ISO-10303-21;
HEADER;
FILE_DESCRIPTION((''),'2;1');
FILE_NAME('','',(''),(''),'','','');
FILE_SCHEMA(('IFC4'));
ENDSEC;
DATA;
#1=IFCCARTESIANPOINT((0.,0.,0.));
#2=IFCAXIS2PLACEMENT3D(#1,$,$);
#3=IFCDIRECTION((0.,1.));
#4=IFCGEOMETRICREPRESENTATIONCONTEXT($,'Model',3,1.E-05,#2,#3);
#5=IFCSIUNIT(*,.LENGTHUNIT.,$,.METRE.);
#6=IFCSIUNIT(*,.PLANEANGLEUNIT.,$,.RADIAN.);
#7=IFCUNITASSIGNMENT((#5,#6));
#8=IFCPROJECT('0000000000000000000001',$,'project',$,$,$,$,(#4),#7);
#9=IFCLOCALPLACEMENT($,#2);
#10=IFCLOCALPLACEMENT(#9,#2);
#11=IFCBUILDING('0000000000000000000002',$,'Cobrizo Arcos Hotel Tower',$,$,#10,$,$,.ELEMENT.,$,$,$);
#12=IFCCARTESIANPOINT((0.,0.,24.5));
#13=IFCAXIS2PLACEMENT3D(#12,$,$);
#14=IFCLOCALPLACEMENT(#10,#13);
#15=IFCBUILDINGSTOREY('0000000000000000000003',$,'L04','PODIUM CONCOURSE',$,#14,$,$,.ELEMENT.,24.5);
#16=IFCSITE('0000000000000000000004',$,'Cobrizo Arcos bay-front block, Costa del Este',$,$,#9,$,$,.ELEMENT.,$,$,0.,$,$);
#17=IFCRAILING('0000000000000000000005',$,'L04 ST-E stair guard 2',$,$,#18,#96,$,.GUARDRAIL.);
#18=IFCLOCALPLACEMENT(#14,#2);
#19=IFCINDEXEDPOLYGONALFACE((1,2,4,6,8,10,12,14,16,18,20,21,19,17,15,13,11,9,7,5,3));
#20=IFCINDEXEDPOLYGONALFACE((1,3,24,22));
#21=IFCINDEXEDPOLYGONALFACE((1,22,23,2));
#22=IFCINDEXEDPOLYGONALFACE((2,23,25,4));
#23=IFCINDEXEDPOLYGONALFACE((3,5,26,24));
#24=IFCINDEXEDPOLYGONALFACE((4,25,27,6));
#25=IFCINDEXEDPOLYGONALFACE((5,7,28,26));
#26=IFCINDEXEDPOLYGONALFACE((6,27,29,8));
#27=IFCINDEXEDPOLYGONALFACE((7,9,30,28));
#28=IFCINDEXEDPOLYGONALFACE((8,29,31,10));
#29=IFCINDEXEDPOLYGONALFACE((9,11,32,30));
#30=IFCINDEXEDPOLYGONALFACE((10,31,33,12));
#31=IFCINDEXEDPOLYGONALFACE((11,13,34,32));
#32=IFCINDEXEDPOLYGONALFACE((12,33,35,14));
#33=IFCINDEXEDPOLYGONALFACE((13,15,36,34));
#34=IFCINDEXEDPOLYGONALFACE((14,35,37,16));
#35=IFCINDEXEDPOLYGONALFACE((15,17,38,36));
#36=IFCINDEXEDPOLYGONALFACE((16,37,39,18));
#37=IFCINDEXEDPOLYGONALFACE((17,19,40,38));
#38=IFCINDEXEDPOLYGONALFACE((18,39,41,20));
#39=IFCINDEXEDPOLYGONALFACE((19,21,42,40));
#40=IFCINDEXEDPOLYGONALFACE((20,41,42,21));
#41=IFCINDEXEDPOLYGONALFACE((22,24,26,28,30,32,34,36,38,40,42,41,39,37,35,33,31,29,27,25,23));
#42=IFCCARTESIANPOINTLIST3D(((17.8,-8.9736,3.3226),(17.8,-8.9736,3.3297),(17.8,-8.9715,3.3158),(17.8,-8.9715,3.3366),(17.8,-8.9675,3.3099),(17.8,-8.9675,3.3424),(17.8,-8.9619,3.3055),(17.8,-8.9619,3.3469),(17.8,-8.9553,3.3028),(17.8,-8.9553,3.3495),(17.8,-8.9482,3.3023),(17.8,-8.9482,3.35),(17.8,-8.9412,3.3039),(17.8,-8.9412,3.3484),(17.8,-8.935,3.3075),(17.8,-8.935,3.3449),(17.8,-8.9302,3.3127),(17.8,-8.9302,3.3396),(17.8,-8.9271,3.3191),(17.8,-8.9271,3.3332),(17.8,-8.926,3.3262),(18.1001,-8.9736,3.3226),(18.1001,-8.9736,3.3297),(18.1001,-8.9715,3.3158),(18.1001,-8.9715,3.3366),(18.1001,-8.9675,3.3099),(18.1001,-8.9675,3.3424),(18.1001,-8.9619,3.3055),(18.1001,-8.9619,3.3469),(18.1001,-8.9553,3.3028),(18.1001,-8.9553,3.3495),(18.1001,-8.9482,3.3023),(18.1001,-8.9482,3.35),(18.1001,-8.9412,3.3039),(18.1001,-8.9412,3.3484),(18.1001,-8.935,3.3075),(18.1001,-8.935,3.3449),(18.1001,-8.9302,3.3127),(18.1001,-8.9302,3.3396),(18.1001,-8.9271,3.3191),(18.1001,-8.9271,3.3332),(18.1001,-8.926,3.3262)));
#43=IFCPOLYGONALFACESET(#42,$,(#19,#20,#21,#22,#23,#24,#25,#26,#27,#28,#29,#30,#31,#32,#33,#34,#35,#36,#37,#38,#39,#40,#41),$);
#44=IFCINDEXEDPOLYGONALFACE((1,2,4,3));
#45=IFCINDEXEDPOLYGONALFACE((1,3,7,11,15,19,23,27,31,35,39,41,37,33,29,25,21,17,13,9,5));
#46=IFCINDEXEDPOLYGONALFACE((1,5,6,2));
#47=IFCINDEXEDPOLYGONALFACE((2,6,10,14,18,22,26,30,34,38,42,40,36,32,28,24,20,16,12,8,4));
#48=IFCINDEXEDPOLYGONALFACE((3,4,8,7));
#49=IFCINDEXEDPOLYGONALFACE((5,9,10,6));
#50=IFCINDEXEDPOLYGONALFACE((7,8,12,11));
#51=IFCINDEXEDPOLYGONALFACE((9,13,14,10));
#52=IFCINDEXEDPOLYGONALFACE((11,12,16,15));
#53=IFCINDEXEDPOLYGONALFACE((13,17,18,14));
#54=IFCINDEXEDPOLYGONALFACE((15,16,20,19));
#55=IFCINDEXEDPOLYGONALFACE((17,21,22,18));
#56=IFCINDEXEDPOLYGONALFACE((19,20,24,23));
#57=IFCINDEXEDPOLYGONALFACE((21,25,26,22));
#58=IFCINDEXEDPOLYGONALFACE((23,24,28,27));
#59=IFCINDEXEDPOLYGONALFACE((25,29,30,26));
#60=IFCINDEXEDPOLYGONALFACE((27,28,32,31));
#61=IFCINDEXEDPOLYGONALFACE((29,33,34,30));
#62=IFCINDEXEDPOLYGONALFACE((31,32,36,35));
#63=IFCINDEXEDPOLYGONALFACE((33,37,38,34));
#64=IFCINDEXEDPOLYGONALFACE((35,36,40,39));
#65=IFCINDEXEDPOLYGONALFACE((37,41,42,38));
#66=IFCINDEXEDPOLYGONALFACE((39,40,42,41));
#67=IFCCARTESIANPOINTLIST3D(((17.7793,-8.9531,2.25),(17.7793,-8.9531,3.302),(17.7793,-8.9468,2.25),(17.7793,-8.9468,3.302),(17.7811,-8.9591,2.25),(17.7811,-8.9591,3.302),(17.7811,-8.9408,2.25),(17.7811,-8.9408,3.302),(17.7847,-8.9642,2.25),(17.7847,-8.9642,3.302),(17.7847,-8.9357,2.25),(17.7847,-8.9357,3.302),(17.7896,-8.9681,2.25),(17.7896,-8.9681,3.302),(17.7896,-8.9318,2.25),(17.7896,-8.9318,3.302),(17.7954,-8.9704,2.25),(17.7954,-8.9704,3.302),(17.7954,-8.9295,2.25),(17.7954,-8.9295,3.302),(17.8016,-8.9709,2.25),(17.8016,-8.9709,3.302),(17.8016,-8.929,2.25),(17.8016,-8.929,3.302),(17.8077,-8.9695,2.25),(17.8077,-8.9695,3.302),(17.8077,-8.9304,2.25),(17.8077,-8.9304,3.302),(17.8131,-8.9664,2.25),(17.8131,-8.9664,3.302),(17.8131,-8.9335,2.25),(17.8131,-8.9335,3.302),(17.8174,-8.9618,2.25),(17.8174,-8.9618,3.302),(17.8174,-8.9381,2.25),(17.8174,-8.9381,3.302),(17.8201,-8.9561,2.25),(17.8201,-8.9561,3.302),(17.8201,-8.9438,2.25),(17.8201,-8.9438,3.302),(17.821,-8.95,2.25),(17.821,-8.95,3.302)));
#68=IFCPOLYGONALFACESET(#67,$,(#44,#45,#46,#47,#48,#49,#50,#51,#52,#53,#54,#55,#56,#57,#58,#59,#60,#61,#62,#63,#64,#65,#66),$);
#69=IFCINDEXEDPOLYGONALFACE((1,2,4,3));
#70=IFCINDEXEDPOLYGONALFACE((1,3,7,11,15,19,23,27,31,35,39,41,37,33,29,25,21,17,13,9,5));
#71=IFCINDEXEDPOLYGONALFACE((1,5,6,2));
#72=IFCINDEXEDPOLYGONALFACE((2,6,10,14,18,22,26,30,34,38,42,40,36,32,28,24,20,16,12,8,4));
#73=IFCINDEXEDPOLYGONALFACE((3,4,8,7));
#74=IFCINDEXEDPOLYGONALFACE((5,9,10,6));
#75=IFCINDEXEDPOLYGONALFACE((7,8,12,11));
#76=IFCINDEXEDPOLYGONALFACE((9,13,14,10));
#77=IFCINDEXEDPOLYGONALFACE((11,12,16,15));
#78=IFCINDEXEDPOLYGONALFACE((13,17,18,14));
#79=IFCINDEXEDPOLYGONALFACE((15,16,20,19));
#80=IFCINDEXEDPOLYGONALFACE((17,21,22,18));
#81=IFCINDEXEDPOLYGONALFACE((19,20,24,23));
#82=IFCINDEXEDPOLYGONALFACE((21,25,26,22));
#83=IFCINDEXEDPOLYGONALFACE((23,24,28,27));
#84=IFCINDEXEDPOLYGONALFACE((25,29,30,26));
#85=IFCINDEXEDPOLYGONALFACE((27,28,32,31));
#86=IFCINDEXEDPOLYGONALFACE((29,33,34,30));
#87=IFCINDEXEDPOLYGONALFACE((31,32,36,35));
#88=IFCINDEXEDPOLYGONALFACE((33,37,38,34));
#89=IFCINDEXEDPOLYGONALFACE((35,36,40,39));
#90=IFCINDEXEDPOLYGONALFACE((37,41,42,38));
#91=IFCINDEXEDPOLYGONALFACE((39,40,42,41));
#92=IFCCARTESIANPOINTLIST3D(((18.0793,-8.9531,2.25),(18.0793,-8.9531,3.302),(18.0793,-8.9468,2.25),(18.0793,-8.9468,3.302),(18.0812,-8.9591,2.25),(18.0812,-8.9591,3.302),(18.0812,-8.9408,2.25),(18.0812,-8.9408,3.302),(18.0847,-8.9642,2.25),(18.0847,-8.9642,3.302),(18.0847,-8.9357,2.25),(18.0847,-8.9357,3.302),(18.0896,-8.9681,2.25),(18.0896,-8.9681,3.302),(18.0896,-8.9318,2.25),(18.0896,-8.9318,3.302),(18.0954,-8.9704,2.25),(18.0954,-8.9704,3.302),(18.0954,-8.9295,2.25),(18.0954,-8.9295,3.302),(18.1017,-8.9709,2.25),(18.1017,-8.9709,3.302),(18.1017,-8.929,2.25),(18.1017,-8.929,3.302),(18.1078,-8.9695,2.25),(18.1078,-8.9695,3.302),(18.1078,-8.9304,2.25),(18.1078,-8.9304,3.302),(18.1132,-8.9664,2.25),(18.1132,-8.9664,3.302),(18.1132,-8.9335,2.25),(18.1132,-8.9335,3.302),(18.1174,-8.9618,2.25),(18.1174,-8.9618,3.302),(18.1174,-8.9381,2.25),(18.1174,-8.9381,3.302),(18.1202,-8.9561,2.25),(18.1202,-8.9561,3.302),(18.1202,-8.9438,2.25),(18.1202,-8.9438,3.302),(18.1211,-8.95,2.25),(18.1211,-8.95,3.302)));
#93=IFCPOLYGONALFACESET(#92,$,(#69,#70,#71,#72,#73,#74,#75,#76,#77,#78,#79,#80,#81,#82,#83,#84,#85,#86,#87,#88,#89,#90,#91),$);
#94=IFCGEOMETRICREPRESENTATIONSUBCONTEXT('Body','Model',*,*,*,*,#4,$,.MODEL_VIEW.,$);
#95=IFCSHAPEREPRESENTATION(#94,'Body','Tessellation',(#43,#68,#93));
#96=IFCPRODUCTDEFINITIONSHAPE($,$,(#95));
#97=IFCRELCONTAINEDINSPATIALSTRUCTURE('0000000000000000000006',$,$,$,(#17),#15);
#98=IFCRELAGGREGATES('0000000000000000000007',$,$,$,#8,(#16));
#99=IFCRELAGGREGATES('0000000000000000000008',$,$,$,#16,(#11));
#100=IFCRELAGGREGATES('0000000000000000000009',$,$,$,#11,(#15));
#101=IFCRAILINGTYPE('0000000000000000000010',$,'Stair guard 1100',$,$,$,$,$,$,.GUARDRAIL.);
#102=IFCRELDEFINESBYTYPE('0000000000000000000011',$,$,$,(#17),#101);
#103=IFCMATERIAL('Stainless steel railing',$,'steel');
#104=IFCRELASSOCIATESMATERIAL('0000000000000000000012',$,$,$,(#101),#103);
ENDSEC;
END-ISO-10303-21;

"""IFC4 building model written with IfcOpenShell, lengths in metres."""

from ifc_helpers import new_model, si_unit, direction, frame, origin, origin_2d, place, context, subcontext, project, spatial, circle, extrude, material, type_object, element, save


model = new_model("IFC4")

# Units and contexts
model_context = context("Model", 3, precision=1e-05, world=origin(), true_north=direction((0.0, 1.0)))
body_context = subcontext(model_context, "Body", "Model", "MODEL_VIEW")
ifc_project = project(units=[si_unit("LENGTHUNIT", "METRE"), si_unit("PLANEANGLEUNIT", "RADIAN")], contexts=[model_context])

# Site, building, storey
site_placement = place(None, origin())
site = spatial("IfcSite", under=ifc_project, at=site_placement, Name="Cobrizo Arcos bay-front block, Costa del Este", CompositionType="ELEMENT", RefElevation=0.0)
building_placement = place(site_placement, origin())
building = spatial("IfcBuilding", under=site, at=building_placement, Name="Cobrizo Arcos Hotel Tower", CompositionType="ELEMENT")
storey_placement = place(building_placement, frame((0.0, 0.0, 24.5)))
storey = spatial("IfcBuildingStorey", under=building, at=storey_placement, Name="L04", Description="PODIUM CONCOURSE", CompositionType="ELEMENT", Elevation=24.5)

# Railing
ifc_material_1 = material(Name="Stainless steel railing", Category="steel")
railing_type_1 = type_object("IfcRailingType", Name="Stair guard 1100", PredefinedType="GUARDRAIL", material=ifc_material_1)
railing_1_placement = place(storey_placement, frame((17.8, -8.95, 2.25)))
element("IfcRailing", 1, at=railing_1_placement, inside=storey, type_object=railing_type_1, Name="L04 ST-E stair guard 2", PredefinedType="GUARDRAIL", context=body_context, shape_type="SweptSolid", body=[
    extrude(circle(Radius=0.0239, at=origin_2d()), frame((0.0, 0.0, 1.0762), z_axis=(1.0, 0.0, 0.0), x_axis=(0.0, 1.0, 0.0)), (0.0, 0.0, 1.0), 0.3),
    extrude(circle(Radius=0.021, at=origin_2d()), origin(), (0.0, 0.0, 1.0), 1.052),
    extrude(circle(Radius=0.021, at=origin_2d()), frame((0.3, 0.0, 0.0)), (0.0, 0.0, 1.0), 1.052),
])

save(model, "model.ifc")
